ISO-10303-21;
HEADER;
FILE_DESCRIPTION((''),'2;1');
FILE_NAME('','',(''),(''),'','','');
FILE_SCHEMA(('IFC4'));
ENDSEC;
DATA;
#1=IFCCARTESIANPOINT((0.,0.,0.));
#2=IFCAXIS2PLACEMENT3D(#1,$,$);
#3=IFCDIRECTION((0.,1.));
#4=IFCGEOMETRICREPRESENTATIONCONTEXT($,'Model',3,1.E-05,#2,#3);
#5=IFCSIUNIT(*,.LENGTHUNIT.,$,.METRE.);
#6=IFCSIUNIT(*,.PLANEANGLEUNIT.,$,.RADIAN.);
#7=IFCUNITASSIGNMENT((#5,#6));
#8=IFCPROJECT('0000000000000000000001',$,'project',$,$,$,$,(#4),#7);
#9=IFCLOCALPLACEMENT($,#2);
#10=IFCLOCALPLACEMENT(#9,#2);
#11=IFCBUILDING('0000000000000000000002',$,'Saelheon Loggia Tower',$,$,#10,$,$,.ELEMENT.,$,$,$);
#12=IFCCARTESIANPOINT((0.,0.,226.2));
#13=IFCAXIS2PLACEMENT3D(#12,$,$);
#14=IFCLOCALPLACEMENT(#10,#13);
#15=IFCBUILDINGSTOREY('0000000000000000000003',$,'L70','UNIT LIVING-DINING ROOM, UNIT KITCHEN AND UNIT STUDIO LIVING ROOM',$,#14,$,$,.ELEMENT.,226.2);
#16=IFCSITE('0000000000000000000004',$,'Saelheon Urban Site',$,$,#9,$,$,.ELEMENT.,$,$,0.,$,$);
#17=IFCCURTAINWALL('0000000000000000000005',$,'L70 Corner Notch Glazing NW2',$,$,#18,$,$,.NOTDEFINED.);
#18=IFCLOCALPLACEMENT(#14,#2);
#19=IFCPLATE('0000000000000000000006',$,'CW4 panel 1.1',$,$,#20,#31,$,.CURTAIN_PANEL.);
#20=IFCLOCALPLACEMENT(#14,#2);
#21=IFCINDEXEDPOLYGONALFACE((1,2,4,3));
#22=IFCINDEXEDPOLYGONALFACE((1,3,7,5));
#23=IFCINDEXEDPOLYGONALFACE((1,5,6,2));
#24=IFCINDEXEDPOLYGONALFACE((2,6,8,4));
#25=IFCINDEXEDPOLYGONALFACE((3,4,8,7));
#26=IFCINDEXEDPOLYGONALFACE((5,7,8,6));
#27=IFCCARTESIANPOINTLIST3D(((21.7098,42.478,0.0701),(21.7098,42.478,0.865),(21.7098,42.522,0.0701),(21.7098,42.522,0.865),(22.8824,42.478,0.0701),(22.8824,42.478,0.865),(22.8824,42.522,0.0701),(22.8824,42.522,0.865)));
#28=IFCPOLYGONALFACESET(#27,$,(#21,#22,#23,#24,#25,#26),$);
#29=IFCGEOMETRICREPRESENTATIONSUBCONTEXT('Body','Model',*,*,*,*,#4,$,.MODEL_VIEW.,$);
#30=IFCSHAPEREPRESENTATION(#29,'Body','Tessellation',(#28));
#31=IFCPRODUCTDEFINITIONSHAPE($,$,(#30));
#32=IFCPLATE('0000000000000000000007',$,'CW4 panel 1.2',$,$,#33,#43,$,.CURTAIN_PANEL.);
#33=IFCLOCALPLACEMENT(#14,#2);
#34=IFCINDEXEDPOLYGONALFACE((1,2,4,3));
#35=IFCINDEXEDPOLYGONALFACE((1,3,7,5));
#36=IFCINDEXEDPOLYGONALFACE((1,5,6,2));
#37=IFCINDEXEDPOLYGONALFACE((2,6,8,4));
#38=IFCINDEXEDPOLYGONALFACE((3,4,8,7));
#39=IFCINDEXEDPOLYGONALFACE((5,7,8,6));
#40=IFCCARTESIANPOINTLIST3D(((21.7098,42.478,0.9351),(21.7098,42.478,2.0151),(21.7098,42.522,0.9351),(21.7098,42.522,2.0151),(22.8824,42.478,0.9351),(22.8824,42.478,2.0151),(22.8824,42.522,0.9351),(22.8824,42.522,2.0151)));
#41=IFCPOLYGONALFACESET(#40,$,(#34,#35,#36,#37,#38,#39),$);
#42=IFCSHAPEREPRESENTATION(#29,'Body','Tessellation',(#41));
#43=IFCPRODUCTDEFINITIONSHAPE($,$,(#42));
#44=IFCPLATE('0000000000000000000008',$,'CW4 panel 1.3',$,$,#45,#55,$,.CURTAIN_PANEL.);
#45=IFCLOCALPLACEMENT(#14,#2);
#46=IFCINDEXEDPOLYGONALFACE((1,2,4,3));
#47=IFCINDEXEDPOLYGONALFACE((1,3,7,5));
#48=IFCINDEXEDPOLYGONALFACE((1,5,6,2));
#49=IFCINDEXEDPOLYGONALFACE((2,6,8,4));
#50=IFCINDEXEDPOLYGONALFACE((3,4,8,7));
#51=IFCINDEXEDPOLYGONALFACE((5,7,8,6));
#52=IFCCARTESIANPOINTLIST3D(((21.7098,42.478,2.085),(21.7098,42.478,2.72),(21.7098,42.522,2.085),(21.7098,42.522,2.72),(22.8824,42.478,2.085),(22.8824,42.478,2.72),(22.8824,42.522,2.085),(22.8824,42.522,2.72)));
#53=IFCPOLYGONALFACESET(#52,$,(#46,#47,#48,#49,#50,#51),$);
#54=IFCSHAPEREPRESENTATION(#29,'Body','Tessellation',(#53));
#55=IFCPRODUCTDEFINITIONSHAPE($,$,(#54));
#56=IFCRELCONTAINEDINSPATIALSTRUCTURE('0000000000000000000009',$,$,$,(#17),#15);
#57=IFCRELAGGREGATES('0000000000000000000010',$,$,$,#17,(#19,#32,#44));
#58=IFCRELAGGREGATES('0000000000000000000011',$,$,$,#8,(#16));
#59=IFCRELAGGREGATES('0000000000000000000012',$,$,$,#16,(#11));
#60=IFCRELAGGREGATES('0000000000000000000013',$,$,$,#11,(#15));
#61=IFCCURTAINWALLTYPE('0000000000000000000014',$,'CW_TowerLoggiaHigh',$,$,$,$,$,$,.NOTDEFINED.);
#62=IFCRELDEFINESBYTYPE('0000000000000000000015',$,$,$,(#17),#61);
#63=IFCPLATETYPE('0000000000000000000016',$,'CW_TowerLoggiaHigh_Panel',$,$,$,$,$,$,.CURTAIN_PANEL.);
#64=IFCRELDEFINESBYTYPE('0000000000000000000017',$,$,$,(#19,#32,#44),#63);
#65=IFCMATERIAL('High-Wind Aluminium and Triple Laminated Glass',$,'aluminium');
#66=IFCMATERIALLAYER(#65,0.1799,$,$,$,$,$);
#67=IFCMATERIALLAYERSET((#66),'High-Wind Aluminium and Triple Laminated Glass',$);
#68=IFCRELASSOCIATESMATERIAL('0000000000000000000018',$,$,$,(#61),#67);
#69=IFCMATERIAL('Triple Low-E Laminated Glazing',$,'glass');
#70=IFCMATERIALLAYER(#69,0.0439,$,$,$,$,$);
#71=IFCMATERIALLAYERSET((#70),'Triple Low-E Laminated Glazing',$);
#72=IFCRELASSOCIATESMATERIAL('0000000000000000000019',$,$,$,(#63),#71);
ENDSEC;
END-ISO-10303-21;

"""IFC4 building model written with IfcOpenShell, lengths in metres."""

from ifc_helpers import new_model, si_unit, direction, frame, origin, origin_2d, place, context, subcontext, project, spatial, rectangle, extrude, source, transform, mapped, material, layer, layer_set, type_object, element, aggregate, save


model = new_model("IFC4")

# Units and contexts
model_context = context("Model", 3, precision=1e-05, world=origin(), true_north=direction((0.0, 1.0)))
body_context = subcontext(model_context, "Body", "Model", "MODEL_VIEW")
ifc_project = project(units=[si_unit("LENGTHUNIT", "METRE"), si_unit("PLANEANGLEUNIT", "RADIAN")], contexts=[model_context])

# Site, building, storey
site_placement = place(None, origin())
site = spatial("IfcSite", under=ifc_project, at=site_placement, Name="Saelheon Urban Site", CompositionType="ELEMENT", RefElevation=0.0)
building_placement = place(site_placement, origin())
building = spatial("IfcBuilding", under=site, at=building_placement, Name="Saelheon Loggia Tower", CompositionType="ELEMENT")
storey_placement = place(building_placement, frame((0.0, 0.0, 226.2)))
storey = spatial("IfcBuildingStorey", under=building, at=storey_placement, Name="L70", Description="UNIT LIVING-DINING ROOM, UNIT KITCHEN AND UNIT STUDIO LIVING ROOM", CompositionType="ELEMENT", Elevation=226.2)

# Curtain wall, plates
ifc_material_1 = material(Name="High-Wind Aluminium and Triple Laminated Glass", Category="aluminium")
ifc_layer_1 = layer(ifc_material_1, 0.1799)
ifc_layer_set_1 = layer_set([ifc_layer_1], Name="High-Wind Aluminium and Triple Laminated Glass")
curtain_wall_type = type_object("IfcCurtainWallType", Name="CW_TowerLoggiaHigh", PredefinedType="NOTDEFINED", material=ifc_layer_set_1)
curtain_wall_placement = place(storey_placement, origin())
curtain_wall = element("IfcCurtainWall", 1, at=curtain_wall_placement, inside=storey, type_object=curtain_wall_type, Name="L70 Corner Notch Glazing NW2", PredefinedType="NOTDEFINED")
ifc_material_2 = material(Name="Triple Low-E Laminated Glazing", Category="glass")
ifc_layer_2 = layer(ifc_material_2, 0.0439)
ifc_layer_set_2 = layer_set([ifc_layer_2], Name="Triple Low-E Laminated Glazing")
plate_type = type_object("IfcPlateType", Name="CW_TowerLoggiaHigh_Panel", PredefinedType="CURTAIN_PANEL", material=ifc_layer_set_2)
shared_shape_1 = source(origin(), body_context, "Body", "SweptSolid", [
    extrude(rectangle(XDim=1.1726, YDim=0.0439, at=origin_2d()), origin(), (0.0, 0.0, 1.0), 0.7949),
])
plate_1_placement = place(storey_placement, frame((22.2961, 42.5, 0.0701), z_axis=(0.0, 0.0, 1.0), x_axis=(1.0, 0.0, 0.0)))
plate_1 = element("IfcPlate", 2, at=plate_1_placement, type_object=plate_type, Name="CW4 panel 1.1", PredefinedType="CURTAIN_PANEL", context=body_context, shape_type="MappedRepresentation", body=[
    mapped(shared_shape_1, transform((0.0, 0.0, 0.0), scale=1.0)),
])
shared_shape_2 = source(origin(), body_context, "Body", "SweptSolid", [
    extrude(rectangle(XDim=1.1726, YDim=0.0439, at=origin_2d()), origin(), (0.0, 0.0, 1.0), 1.0801),
])
plate_2_placement = place(storey_placement, frame((22.2961, 42.5, 0.9351), z_axis=(0.0, 0.0, 1.0), x_axis=(1.0, 0.0, 0.0)))
plate_2 = element("IfcPlate", 3, at=plate_2_placement, type_object=plate_type, Name="CW4 panel 1.2", PredefinedType="CURTAIN_PANEL", context=body_context, shape_type="MappedRepresentation", body=[
    mapped(shared_shape_2, transform((0.0, 0.0, 0.0), scale=1.0)),
])
shared_shape_3 = source(origin(), body_context, "Body", "SweptSolid", [
    extrude(rectangle(XDim=1.1726, YDim=0.0439, at=origin_2d()), origin(), (0.0, 0.0, 1.0), 0.635),
])
plate_3_placement = place(storey_placement, frame((22.2961, 42.5, 2.085), z_axis=(0.0, 0.0, 1.0), x_axis=(1.0, 0.0, 0.0)))
plate_3 = element("IfcPlate", 4, at=plate_3_placement, type_object=plate_type, Name="CW4 panel 1.3", PredefinedType="CURTAIN_PANEL", context=body_context, shape_type="MappedRepresentation", body=[
    mapped(shared_shape_3, transform((0.0, 0.0, 0.0), scale=1.0)),
])
aggregate(curtain_wall, [plate_1, plate_2, plate_3])

save(model, "model.ifc")
